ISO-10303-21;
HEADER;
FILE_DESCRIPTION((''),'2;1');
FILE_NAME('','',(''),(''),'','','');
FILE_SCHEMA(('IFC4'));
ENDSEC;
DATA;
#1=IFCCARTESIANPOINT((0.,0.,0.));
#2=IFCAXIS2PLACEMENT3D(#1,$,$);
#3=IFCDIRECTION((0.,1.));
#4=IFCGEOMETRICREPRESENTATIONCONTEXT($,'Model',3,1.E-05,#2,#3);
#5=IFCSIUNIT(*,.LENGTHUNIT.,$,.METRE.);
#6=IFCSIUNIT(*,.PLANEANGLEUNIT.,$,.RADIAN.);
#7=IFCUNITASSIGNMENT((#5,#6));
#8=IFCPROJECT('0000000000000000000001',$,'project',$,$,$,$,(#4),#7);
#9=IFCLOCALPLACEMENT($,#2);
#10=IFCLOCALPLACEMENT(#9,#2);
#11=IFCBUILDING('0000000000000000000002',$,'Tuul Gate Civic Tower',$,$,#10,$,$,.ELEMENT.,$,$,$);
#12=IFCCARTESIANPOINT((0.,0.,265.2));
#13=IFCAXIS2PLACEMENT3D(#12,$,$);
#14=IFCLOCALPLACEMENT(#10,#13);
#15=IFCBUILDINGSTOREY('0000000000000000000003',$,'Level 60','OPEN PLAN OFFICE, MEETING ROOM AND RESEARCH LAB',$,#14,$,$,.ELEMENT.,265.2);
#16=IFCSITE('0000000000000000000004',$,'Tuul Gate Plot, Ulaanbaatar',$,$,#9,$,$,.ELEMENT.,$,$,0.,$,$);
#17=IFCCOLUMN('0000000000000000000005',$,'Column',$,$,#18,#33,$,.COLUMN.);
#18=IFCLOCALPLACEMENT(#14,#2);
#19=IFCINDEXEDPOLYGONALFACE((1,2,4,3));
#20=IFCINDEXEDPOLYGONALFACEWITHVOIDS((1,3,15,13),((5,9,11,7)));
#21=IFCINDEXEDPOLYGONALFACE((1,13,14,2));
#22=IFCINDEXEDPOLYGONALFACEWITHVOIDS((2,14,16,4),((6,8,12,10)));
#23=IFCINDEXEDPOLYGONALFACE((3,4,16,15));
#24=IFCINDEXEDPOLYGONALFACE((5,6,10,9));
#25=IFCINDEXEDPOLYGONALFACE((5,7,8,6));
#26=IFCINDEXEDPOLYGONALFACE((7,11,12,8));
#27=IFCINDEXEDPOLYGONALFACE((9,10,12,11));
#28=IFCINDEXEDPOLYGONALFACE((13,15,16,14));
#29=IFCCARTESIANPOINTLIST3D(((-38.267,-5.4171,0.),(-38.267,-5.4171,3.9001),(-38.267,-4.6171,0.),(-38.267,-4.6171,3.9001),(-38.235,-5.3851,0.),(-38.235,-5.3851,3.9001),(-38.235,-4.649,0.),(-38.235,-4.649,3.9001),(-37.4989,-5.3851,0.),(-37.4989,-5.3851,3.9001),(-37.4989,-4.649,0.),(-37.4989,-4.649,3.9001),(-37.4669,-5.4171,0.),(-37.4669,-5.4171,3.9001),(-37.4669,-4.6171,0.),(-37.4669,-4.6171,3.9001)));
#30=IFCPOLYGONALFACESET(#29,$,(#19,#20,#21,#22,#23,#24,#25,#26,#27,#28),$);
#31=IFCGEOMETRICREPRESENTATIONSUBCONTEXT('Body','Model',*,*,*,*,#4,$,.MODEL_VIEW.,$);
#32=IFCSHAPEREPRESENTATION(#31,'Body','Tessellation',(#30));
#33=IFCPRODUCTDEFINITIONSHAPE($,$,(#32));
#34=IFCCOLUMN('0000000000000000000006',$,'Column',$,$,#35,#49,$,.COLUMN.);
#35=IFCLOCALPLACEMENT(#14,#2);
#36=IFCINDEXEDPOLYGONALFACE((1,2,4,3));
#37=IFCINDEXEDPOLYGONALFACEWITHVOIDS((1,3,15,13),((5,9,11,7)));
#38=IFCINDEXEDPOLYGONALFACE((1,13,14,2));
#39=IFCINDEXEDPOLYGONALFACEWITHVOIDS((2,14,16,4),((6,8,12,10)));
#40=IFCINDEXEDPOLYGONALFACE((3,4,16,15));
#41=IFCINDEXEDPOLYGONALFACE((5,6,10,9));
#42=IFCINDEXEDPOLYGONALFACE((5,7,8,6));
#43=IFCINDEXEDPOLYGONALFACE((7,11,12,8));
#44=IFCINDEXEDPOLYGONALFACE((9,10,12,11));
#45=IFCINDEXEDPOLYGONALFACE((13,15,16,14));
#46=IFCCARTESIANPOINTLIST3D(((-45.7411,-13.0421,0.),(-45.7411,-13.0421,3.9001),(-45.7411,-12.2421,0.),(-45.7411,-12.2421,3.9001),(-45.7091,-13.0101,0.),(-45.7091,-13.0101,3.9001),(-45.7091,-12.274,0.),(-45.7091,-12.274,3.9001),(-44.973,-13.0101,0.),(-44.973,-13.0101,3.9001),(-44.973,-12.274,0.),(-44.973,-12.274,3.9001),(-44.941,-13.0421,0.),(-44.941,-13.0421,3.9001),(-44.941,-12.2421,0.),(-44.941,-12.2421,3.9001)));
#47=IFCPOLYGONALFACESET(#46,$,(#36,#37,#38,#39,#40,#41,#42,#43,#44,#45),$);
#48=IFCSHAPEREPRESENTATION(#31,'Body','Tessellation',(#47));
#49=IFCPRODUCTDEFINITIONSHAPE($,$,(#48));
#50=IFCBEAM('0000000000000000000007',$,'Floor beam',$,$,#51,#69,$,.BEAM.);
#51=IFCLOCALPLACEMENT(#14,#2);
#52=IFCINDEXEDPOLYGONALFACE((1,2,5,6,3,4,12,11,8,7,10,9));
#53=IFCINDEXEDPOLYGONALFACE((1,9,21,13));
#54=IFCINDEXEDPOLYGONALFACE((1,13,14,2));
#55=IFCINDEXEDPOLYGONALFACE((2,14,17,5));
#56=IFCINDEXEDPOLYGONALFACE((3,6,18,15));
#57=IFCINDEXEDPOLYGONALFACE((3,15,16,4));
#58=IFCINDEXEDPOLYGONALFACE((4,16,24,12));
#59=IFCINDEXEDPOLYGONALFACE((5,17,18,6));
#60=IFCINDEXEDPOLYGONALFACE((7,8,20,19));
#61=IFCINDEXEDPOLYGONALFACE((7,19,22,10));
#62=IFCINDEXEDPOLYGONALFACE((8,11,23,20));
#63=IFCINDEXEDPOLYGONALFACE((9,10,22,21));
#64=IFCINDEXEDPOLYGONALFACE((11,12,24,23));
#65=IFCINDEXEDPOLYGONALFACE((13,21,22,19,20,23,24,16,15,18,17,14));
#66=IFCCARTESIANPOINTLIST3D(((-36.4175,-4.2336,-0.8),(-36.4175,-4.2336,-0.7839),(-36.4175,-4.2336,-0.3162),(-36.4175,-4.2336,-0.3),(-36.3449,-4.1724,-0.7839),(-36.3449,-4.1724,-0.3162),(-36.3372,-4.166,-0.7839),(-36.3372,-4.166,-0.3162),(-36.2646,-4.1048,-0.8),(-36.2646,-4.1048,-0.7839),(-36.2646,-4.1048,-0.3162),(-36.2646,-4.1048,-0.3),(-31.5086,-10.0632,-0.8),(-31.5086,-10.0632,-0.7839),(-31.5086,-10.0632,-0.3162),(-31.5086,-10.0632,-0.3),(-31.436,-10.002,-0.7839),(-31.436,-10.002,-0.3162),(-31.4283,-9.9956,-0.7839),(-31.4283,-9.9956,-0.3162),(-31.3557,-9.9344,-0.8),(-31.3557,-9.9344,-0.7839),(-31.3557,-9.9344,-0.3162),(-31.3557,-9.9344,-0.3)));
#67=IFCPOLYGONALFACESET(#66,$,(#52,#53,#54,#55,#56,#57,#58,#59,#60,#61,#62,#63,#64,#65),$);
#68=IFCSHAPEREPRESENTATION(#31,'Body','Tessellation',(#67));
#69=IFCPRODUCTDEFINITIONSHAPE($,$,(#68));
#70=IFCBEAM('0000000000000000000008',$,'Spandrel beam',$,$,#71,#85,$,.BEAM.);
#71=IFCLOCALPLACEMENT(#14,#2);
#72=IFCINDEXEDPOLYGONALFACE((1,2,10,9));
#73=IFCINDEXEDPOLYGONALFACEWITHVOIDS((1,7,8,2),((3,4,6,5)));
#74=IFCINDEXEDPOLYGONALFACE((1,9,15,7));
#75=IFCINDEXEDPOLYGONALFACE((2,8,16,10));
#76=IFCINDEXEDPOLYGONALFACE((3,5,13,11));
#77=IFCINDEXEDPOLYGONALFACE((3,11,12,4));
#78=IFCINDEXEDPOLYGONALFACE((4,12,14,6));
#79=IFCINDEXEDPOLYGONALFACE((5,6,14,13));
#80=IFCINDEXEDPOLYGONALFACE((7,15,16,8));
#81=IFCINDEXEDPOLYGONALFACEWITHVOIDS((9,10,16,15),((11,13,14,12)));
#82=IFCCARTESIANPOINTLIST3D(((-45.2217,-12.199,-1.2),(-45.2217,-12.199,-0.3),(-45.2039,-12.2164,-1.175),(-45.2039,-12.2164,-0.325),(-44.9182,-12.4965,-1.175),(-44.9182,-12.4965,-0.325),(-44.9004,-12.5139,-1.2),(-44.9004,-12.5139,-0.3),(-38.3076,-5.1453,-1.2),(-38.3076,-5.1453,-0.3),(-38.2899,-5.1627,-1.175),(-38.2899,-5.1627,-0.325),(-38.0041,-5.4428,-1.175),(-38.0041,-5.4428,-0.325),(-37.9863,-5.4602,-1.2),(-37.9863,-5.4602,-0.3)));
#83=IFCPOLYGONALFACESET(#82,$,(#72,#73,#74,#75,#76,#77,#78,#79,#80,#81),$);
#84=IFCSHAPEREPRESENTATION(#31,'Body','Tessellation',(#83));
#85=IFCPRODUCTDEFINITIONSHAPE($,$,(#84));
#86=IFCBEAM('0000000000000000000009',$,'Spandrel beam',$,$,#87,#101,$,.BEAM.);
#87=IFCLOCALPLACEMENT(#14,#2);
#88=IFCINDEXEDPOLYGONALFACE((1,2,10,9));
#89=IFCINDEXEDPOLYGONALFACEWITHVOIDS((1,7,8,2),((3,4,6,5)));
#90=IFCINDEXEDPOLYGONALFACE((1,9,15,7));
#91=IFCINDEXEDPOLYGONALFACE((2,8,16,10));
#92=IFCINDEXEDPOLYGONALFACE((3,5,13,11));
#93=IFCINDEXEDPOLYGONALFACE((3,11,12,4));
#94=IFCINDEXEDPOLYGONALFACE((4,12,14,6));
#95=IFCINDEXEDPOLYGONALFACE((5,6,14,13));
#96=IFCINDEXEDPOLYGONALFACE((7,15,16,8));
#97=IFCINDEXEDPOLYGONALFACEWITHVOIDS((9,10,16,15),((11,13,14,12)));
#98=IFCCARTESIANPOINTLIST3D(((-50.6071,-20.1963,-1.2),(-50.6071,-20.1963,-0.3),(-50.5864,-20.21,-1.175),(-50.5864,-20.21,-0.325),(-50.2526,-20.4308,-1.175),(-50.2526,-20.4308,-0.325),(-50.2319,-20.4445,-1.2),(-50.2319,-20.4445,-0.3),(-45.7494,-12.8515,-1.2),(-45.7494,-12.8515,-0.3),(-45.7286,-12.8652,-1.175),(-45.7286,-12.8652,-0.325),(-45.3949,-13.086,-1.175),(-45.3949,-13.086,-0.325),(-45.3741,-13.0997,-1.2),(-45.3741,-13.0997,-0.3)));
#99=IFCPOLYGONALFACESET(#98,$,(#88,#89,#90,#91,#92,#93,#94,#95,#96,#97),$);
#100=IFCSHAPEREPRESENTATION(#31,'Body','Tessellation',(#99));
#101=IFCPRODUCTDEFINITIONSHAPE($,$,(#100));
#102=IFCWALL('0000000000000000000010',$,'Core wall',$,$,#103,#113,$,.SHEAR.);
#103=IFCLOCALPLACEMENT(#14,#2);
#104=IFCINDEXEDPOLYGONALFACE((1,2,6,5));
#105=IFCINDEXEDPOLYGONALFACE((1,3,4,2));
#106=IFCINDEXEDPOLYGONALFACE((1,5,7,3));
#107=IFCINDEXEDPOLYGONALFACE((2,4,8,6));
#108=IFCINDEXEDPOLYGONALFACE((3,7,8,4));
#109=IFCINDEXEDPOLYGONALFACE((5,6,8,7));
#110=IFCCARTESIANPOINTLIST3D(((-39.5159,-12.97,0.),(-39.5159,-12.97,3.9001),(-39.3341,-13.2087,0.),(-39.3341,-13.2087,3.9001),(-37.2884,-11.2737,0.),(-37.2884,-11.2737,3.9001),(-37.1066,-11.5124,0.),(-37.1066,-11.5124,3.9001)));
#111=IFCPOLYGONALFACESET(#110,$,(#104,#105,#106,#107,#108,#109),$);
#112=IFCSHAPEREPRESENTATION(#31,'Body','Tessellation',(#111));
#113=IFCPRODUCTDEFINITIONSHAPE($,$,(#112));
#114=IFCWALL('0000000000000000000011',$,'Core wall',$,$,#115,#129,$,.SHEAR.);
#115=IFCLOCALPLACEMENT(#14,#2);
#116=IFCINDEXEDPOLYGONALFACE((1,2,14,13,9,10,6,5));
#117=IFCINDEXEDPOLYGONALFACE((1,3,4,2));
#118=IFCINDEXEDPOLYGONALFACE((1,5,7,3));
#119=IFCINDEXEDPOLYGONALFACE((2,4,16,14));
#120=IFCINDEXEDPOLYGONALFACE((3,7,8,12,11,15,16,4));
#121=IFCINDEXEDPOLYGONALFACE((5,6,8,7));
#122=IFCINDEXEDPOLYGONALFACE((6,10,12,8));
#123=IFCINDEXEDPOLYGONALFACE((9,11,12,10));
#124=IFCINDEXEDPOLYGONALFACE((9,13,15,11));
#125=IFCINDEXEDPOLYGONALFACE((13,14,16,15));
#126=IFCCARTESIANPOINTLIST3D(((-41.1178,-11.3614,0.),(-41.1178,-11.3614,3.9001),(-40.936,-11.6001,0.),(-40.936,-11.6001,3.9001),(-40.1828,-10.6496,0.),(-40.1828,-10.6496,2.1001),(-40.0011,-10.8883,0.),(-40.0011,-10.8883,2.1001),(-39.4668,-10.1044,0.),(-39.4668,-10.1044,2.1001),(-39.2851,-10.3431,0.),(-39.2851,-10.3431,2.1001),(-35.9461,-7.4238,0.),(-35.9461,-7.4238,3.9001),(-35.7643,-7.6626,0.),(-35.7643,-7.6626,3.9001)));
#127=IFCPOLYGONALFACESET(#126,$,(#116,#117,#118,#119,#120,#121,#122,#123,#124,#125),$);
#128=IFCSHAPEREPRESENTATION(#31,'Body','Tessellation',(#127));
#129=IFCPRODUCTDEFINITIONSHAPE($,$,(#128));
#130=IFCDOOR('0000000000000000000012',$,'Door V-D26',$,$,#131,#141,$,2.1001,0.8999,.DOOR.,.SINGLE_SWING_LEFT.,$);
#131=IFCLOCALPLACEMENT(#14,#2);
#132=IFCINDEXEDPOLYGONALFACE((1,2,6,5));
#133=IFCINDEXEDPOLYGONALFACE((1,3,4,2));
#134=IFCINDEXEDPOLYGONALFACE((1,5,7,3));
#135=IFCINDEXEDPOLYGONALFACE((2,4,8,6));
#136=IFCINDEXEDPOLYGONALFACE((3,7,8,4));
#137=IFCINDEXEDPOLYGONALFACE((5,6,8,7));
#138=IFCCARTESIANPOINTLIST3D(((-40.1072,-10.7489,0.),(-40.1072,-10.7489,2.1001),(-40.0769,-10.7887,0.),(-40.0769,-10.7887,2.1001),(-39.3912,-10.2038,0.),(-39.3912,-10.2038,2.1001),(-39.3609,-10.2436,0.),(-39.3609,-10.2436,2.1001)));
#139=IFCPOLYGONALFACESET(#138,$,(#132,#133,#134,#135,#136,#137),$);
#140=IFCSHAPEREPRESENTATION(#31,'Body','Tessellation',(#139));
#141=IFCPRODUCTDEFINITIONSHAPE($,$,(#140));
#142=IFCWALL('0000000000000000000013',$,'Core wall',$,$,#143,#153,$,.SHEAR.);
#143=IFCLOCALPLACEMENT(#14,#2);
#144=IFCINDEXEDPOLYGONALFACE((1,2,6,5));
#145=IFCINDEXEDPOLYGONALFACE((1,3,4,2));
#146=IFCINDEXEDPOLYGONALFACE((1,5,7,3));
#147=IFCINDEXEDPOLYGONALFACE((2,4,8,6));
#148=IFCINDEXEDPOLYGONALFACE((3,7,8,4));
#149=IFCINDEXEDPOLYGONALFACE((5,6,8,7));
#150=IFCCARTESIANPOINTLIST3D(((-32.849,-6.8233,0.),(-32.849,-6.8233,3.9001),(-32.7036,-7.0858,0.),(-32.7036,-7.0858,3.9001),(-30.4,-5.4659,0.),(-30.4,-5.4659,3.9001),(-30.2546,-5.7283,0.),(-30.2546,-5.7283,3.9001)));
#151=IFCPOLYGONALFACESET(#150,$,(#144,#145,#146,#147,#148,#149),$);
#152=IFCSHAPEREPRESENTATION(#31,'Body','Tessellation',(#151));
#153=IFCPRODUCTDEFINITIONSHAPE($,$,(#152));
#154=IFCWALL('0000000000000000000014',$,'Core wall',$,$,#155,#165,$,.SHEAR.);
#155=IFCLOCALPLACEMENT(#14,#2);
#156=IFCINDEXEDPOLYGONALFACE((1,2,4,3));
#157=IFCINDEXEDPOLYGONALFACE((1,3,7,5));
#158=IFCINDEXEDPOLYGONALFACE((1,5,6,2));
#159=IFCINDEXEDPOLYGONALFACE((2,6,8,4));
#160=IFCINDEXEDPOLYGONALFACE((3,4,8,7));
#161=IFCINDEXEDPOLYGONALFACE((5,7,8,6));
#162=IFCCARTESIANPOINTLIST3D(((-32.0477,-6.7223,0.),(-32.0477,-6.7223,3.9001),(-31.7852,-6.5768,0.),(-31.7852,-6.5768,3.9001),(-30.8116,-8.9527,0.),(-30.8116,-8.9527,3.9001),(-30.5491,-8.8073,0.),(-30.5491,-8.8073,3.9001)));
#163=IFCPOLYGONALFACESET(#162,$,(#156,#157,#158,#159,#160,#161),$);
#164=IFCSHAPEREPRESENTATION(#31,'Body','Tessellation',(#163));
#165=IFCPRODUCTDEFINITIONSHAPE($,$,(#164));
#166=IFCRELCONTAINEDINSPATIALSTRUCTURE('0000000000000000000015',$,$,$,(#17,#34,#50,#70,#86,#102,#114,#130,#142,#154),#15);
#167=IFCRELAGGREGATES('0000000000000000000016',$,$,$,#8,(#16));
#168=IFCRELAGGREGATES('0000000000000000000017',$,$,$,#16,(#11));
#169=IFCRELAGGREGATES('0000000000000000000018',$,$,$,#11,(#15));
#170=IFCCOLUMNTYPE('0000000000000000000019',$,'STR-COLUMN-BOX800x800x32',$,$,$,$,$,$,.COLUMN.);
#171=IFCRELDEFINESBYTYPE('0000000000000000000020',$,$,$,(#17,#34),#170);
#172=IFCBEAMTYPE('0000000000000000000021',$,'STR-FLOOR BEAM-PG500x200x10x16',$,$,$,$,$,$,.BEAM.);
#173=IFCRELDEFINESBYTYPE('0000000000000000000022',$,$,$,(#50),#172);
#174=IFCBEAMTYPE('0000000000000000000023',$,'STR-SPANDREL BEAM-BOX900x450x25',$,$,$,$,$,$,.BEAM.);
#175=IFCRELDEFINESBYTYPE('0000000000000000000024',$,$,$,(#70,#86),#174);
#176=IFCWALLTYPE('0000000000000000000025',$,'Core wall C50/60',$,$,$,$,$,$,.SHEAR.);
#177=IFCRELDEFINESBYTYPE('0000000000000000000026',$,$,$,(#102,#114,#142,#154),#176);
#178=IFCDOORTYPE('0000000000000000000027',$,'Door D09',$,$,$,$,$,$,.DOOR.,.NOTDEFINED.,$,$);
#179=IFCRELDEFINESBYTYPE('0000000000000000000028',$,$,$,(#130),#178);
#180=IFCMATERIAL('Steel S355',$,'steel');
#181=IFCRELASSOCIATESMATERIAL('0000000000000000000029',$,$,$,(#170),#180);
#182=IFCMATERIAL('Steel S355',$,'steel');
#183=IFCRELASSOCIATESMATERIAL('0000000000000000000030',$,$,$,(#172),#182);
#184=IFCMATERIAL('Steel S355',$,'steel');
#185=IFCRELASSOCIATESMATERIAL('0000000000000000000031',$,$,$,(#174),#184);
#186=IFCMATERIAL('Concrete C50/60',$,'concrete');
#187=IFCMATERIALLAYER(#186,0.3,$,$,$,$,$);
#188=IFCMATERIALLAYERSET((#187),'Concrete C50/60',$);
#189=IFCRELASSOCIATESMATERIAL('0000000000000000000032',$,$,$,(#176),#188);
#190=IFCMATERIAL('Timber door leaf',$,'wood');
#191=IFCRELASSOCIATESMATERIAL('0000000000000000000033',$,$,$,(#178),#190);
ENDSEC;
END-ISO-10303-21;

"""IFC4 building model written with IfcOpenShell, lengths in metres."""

from ifc_helpers import new_model, si_unit, direction, frame, frame_2d, origin, origin_2d, place, context, subcontext, project, spatial, rectangle, hollow_rectangle, i_section, extrude, material, layer, layer_set, material_profile, profile_set, type_object, element, fill, save


model = new_model("IFC4")

# Units and contexts
model_context = context("Model", 3, precision=1e-05, world=origin(), true_north=direction((0.0, 1.0)))
body_context = subcontext(model_context, "Body", "Model", "MODEL_VIEW")
ifc_project = project(units=[si_unit("LENGTHUNIT", "METRE"), si_unit("PLANEANGLEUNIT", "RADIAN")], contexts=[model_context])

# Site, building, storey
site_placement = place(None, origin())
site = spatial("IfcSite", under=ifc_project, at=site_placement, Name="Tuul Gate Plot, Ulaanbaatar", CompositionType="ELEMENT", RefElevation=0.0)
building_placement = place(site_placement, origin())
building = spatial("IfcBuilding", under=site, at=building_placement, Name="Tuul Gate Civic Tower", CompositionType="ELEMENT")
storey_placement = place(building_placement, frame((0.0, 0.0, 265.2)))
storey = spatial("IfcBuildingStorey", under=building, at=storey_placement, Name="Level 60", Description="OPEN PLAN OFFICE, MEETING ROOM AND RESEARCH LAB", CompositionType="ELEMENT", Elevation=265.2)

# Columns
ifc_material_1 = material(Name="Steel S355", Category="steel")
ifc_material_profile_1 = material_profile(ifc_material_1, hollow_rectangle(XDim=0.8, YDim=0.8, WallThickness=0.032, at=origin_2d()), Name="BOX800x800x32")
ifc_profile_set_1 = profile_set([ifc_material_profile_1], Name="Steel S355")
column_type = type_object("IfcColumnType", Name="STR-COLUMN-BOX800x800x32", PredefinedType="COLUMN", material=ifc_profile_set_1)
for number, where, z_axis, x_axis, name in (
    (1, (-37.8669, -5.0171, 0.0), (0.0, 0.0, 1.0), (1.0, 0.0, 0.0), "Column"),
    (2, (-45.3411, -12.6421, 0.0), (0.0, 0.0, 1.0), (1.0, 0.0, 0.0), "Column"),
):
    element("IfcColumn", number, at=place(storey_placement, frame(where, z_axis=z_axis, x_axis=x_axis)), inside=storey, type_object=column_type, Name=name, PredefinedType="COLUMN", context=body_context, shape_type="SweptSolid", body=[
        extrude(hollow_rectangle(XDim=0.8, YDim=0.8, WallThickness=0.032, at=origin_2d()), origin(), (0.0, 0.0, 1.0), 3.9001),
    ])

# Beams
ifc_material_2 = material(Name="Steel S355", Category="steel")
ifc_material_profile_2 = material_profile(ifc_material_2, i_section(OverallWidth=0.2, OverallDepth=0.5, WebThickness=0.01, FlangeThickness=0.0161, at=origin_2d()), Name="PG500x200x10x16")
ifc_profile_set_2 = profile_set([ifc_material_profile_2], Name="Steel S355")
beam_type_1 = type_object("IfcBeamType", Name="STR-FLOOR BEAM-PG500x200x10x16", PredefinedType="BEAM", material=ifc_profile_set_2)
beam_1_placement = place(storey_placement, frame((-31.4321, -9.9988, -0.55), z_axis=(-0.644121, 0.764924, 0.0), x_axis=(-0.764924, -0.644121, 0.0)))
element("IfcBeam", 3, at=beam_1_placement, inside=storey, type_object=beam_type_1, Name="Floor beam", PredefinedType="BEAM", context=body_context, shape_type="SweptSolid", body=[
    extrude(i_section(OverallWidth=0.2, OverallDepth=0.5, WebThickness=0.01, FlangeThickness=0.0161, at=origin_2d()), origin(), (0.0, 0.0, 1.0), 7.6211),
])
ifc_material_3 = material(Name="Steel S355", Category="steel")
ifc_material_profile_3 = material_profile(ifc_material_3, hollow_rectangle(XDim=0.45, YDim=0.8999, WallThickness=0.0249, at=origin_2d()), Name="BOX900x450x25")
ifc_profile_set_3 = profile_set([ifc_material_profile_3], Name="Steel S355")
beam_type_2 = type_object("IfcBeamType", Name="STR-SPANDREL BEAM-BOX900x450x25", PredefinedType="BEAM", material=ifc_profile_set_3)
beam_2_placement = place(storey_placement, frame((-38.147, -5.3027, -0.75), z_axis=(-0.700002, -0.714141, 0.0), x_axis=(0.714141, -0.700002, 0.0)))
element("IfcBeam", 4, at=beam_2_placement, inside=storey, type_object=beam_type_2, Name="Spandrel beam", PredefinedType="BEAM", context=body_context, shape_type="SweptSolid", body=[
    extrude(hollow_rectangle(XDim=0.45, YDim=0.8999, WallThickness=0.0249, at=origin_2d()), origin(), (0.0, 0.0, 1.0), 9.8772),
])
beam_3_placement = place(storey_placement, frame((-45.5618, -12.9756, -0.75), z_axis=(-0.551645, -0.834079, 0.0), x_axis=(0.834079, -0.551645, 0.0)))
element("IfcBeam", 5, at=beam_3_placement, inside=storey, type_object=beam_type_2, Name="Spandrel beam", PredefinedType="BEAM", context=body_context, shape_type="SweptSolid", body=[
    extrude(hollow_rectangle(XDim=0.45, YDim=0.8999, WallThickness=0.0249, at=origin_2d()), origin(), (0.0, 0.0, 1.0), 8.8059),
])

# Wall
ifc_material_4 = material(Name="Concrete C50/60", Category="concrete")
ifc_layer_1 = layer(ifc_material_4, 0.3)
ifc_layer_set_1 = layer_set([ifc_layer_1], Name="Concrete C50/60")
wall_type_1 = type_object("IfcWallType", Name="Core wall C50/60", PredefinedType="SHEAR", material=ifc_layer_set_1)
wall_1_placement = place(storey_placement, frame((-37.1975, -11.3931, 0.0), z_axis=(0.0, 0.0, 1.0), x_axis=(-0.795584, -0.605844, 0.0)))
element("IfcWall", 6, at=wall_1_placement, inside=storey, type_object=wall_type_1, Name="Core wall", PredefinedType="SHEAR", context=body_context, shape_type="SweptSolid", body=[
    extrude(rectangle(XDim=2.7998, YDim=0.3, at=frame_2d((1.3999, 0.0))), origin(), (0.0, 0.0, 1.0), 3.9001),
])

# Wall, opening, door
wall_2_placement = place(storey_placement, frame((-35.8552, -7.5432, 0.0), z_axis=(0.0, 0.0, 1.0), x_axis=(-0.795639, -0.605772, 0.0)))
wall_2 = element("IfcWall", 7, at=wall_2_placement, inside=storey, type_object=wall_type_1, Name="Core wall", PredefinedType="SHEAR", context=body_context, shape_type="SweptSolid", body=[
    extrude(rectangle(XDim=6.5, YDim=0.3, at=frame_2d((3.25, 0.0))), origin(), (0.0, 0.0, 1.0), 3.9001),
])
opening_1_placement = place(wall_2_placement, frame((4.425, 0.0, 0.0)))
opening_1 = element("IfcOpeningElement", 8, at=opening_1_placement, cuts=wall_2, PredefinedType="OPENING", context=body_context, shape_type="SweptSolid", body=[
    extrude(rectangle(XDim=0.8999, YDim=2.1001, at=frame_2d((0.45, 1.05))), frame((0.0, 0.1602, 0.0), z_axis=(0.0, -1.0, 0.0), x_axis=(1.0, 0.0, 0.0)), (0.0, 0.0, 1.0), 0.3201),
])
ifc_material_5 = material(Name="Timber door leaf", Category="wood")
door_type_1 = type_object("IfcDoorType", Name="Door D09", OperationType="NOTDEFINED", PredefinedType="DOOR", material=ifc_material_5)
door_1_placement = place(opening_1_placement, origin())
door_1 = element("IfcDoor", 9, at=door_1_placement, inside=storey, type_object=door_type_1, Name="Door V-D26", OperationType="SINGLE_SWING_LEFT", OverallHeight=2.1001, OverallWidth=0.8999, PredefinedType="DOOR", context=body_context, shape_type="SweptSolid", body=[
    extrude(rectangle(XDim=0.8999, YDim=2.1001, at=frame_2d((0.45, 1.05))), frame((0.0, 0.0249, 0.0), z_axis=(0.0, -1.0, 0.0), x_axis=(1.0, 0.0, 0.0)), (0.0, 0.0, 1.0), 0.05),
])
fill(opening_1, door_1)

# Walls
wall_3_placement = place(storey_placement, frame((-30.3274, -5.5972, 0.0), z_axis=(0.0, 0.0, 1.0), x_axis=(-0.87463, -0.484791, 0.0)))
element("IfcWall", 10, at=wall_3_placement, inside=storey, type_object=wall_type_1, Name="Core wall", PredefinedType="SHEAR", context=body_context, shape_type="SweptSolid", body=[
    extrude(rectangle(XDim=2.8, YDim=0.3, at=frame_2d((1.3999, 0.0))), origin(), (0.0, 0.0, 1.0), 3.9001),
])
wall_4_placement = place(storey_placement, frame((-30.6804, -8.8799, 0.0), z_axis=(0.0, 0.0, 1.0), x_axis=(-0.484724, 0.874667, 0.0)))
element("IfcWall", 11, at=wall_4_placement, inside=storey, type_object=wall_type_1, Name="Core wall", PredefinedType="SHEAR", context=body_context, shape_type="SweptSolid", body=[
    extrude(rectangle(XDim=2.55, YDim=0.3, at=frame_2d((1.2749, 0.0))), origin(), (0.0, 0.0, 1.0), 3.9001),
])

save(model, "model.ifc")
